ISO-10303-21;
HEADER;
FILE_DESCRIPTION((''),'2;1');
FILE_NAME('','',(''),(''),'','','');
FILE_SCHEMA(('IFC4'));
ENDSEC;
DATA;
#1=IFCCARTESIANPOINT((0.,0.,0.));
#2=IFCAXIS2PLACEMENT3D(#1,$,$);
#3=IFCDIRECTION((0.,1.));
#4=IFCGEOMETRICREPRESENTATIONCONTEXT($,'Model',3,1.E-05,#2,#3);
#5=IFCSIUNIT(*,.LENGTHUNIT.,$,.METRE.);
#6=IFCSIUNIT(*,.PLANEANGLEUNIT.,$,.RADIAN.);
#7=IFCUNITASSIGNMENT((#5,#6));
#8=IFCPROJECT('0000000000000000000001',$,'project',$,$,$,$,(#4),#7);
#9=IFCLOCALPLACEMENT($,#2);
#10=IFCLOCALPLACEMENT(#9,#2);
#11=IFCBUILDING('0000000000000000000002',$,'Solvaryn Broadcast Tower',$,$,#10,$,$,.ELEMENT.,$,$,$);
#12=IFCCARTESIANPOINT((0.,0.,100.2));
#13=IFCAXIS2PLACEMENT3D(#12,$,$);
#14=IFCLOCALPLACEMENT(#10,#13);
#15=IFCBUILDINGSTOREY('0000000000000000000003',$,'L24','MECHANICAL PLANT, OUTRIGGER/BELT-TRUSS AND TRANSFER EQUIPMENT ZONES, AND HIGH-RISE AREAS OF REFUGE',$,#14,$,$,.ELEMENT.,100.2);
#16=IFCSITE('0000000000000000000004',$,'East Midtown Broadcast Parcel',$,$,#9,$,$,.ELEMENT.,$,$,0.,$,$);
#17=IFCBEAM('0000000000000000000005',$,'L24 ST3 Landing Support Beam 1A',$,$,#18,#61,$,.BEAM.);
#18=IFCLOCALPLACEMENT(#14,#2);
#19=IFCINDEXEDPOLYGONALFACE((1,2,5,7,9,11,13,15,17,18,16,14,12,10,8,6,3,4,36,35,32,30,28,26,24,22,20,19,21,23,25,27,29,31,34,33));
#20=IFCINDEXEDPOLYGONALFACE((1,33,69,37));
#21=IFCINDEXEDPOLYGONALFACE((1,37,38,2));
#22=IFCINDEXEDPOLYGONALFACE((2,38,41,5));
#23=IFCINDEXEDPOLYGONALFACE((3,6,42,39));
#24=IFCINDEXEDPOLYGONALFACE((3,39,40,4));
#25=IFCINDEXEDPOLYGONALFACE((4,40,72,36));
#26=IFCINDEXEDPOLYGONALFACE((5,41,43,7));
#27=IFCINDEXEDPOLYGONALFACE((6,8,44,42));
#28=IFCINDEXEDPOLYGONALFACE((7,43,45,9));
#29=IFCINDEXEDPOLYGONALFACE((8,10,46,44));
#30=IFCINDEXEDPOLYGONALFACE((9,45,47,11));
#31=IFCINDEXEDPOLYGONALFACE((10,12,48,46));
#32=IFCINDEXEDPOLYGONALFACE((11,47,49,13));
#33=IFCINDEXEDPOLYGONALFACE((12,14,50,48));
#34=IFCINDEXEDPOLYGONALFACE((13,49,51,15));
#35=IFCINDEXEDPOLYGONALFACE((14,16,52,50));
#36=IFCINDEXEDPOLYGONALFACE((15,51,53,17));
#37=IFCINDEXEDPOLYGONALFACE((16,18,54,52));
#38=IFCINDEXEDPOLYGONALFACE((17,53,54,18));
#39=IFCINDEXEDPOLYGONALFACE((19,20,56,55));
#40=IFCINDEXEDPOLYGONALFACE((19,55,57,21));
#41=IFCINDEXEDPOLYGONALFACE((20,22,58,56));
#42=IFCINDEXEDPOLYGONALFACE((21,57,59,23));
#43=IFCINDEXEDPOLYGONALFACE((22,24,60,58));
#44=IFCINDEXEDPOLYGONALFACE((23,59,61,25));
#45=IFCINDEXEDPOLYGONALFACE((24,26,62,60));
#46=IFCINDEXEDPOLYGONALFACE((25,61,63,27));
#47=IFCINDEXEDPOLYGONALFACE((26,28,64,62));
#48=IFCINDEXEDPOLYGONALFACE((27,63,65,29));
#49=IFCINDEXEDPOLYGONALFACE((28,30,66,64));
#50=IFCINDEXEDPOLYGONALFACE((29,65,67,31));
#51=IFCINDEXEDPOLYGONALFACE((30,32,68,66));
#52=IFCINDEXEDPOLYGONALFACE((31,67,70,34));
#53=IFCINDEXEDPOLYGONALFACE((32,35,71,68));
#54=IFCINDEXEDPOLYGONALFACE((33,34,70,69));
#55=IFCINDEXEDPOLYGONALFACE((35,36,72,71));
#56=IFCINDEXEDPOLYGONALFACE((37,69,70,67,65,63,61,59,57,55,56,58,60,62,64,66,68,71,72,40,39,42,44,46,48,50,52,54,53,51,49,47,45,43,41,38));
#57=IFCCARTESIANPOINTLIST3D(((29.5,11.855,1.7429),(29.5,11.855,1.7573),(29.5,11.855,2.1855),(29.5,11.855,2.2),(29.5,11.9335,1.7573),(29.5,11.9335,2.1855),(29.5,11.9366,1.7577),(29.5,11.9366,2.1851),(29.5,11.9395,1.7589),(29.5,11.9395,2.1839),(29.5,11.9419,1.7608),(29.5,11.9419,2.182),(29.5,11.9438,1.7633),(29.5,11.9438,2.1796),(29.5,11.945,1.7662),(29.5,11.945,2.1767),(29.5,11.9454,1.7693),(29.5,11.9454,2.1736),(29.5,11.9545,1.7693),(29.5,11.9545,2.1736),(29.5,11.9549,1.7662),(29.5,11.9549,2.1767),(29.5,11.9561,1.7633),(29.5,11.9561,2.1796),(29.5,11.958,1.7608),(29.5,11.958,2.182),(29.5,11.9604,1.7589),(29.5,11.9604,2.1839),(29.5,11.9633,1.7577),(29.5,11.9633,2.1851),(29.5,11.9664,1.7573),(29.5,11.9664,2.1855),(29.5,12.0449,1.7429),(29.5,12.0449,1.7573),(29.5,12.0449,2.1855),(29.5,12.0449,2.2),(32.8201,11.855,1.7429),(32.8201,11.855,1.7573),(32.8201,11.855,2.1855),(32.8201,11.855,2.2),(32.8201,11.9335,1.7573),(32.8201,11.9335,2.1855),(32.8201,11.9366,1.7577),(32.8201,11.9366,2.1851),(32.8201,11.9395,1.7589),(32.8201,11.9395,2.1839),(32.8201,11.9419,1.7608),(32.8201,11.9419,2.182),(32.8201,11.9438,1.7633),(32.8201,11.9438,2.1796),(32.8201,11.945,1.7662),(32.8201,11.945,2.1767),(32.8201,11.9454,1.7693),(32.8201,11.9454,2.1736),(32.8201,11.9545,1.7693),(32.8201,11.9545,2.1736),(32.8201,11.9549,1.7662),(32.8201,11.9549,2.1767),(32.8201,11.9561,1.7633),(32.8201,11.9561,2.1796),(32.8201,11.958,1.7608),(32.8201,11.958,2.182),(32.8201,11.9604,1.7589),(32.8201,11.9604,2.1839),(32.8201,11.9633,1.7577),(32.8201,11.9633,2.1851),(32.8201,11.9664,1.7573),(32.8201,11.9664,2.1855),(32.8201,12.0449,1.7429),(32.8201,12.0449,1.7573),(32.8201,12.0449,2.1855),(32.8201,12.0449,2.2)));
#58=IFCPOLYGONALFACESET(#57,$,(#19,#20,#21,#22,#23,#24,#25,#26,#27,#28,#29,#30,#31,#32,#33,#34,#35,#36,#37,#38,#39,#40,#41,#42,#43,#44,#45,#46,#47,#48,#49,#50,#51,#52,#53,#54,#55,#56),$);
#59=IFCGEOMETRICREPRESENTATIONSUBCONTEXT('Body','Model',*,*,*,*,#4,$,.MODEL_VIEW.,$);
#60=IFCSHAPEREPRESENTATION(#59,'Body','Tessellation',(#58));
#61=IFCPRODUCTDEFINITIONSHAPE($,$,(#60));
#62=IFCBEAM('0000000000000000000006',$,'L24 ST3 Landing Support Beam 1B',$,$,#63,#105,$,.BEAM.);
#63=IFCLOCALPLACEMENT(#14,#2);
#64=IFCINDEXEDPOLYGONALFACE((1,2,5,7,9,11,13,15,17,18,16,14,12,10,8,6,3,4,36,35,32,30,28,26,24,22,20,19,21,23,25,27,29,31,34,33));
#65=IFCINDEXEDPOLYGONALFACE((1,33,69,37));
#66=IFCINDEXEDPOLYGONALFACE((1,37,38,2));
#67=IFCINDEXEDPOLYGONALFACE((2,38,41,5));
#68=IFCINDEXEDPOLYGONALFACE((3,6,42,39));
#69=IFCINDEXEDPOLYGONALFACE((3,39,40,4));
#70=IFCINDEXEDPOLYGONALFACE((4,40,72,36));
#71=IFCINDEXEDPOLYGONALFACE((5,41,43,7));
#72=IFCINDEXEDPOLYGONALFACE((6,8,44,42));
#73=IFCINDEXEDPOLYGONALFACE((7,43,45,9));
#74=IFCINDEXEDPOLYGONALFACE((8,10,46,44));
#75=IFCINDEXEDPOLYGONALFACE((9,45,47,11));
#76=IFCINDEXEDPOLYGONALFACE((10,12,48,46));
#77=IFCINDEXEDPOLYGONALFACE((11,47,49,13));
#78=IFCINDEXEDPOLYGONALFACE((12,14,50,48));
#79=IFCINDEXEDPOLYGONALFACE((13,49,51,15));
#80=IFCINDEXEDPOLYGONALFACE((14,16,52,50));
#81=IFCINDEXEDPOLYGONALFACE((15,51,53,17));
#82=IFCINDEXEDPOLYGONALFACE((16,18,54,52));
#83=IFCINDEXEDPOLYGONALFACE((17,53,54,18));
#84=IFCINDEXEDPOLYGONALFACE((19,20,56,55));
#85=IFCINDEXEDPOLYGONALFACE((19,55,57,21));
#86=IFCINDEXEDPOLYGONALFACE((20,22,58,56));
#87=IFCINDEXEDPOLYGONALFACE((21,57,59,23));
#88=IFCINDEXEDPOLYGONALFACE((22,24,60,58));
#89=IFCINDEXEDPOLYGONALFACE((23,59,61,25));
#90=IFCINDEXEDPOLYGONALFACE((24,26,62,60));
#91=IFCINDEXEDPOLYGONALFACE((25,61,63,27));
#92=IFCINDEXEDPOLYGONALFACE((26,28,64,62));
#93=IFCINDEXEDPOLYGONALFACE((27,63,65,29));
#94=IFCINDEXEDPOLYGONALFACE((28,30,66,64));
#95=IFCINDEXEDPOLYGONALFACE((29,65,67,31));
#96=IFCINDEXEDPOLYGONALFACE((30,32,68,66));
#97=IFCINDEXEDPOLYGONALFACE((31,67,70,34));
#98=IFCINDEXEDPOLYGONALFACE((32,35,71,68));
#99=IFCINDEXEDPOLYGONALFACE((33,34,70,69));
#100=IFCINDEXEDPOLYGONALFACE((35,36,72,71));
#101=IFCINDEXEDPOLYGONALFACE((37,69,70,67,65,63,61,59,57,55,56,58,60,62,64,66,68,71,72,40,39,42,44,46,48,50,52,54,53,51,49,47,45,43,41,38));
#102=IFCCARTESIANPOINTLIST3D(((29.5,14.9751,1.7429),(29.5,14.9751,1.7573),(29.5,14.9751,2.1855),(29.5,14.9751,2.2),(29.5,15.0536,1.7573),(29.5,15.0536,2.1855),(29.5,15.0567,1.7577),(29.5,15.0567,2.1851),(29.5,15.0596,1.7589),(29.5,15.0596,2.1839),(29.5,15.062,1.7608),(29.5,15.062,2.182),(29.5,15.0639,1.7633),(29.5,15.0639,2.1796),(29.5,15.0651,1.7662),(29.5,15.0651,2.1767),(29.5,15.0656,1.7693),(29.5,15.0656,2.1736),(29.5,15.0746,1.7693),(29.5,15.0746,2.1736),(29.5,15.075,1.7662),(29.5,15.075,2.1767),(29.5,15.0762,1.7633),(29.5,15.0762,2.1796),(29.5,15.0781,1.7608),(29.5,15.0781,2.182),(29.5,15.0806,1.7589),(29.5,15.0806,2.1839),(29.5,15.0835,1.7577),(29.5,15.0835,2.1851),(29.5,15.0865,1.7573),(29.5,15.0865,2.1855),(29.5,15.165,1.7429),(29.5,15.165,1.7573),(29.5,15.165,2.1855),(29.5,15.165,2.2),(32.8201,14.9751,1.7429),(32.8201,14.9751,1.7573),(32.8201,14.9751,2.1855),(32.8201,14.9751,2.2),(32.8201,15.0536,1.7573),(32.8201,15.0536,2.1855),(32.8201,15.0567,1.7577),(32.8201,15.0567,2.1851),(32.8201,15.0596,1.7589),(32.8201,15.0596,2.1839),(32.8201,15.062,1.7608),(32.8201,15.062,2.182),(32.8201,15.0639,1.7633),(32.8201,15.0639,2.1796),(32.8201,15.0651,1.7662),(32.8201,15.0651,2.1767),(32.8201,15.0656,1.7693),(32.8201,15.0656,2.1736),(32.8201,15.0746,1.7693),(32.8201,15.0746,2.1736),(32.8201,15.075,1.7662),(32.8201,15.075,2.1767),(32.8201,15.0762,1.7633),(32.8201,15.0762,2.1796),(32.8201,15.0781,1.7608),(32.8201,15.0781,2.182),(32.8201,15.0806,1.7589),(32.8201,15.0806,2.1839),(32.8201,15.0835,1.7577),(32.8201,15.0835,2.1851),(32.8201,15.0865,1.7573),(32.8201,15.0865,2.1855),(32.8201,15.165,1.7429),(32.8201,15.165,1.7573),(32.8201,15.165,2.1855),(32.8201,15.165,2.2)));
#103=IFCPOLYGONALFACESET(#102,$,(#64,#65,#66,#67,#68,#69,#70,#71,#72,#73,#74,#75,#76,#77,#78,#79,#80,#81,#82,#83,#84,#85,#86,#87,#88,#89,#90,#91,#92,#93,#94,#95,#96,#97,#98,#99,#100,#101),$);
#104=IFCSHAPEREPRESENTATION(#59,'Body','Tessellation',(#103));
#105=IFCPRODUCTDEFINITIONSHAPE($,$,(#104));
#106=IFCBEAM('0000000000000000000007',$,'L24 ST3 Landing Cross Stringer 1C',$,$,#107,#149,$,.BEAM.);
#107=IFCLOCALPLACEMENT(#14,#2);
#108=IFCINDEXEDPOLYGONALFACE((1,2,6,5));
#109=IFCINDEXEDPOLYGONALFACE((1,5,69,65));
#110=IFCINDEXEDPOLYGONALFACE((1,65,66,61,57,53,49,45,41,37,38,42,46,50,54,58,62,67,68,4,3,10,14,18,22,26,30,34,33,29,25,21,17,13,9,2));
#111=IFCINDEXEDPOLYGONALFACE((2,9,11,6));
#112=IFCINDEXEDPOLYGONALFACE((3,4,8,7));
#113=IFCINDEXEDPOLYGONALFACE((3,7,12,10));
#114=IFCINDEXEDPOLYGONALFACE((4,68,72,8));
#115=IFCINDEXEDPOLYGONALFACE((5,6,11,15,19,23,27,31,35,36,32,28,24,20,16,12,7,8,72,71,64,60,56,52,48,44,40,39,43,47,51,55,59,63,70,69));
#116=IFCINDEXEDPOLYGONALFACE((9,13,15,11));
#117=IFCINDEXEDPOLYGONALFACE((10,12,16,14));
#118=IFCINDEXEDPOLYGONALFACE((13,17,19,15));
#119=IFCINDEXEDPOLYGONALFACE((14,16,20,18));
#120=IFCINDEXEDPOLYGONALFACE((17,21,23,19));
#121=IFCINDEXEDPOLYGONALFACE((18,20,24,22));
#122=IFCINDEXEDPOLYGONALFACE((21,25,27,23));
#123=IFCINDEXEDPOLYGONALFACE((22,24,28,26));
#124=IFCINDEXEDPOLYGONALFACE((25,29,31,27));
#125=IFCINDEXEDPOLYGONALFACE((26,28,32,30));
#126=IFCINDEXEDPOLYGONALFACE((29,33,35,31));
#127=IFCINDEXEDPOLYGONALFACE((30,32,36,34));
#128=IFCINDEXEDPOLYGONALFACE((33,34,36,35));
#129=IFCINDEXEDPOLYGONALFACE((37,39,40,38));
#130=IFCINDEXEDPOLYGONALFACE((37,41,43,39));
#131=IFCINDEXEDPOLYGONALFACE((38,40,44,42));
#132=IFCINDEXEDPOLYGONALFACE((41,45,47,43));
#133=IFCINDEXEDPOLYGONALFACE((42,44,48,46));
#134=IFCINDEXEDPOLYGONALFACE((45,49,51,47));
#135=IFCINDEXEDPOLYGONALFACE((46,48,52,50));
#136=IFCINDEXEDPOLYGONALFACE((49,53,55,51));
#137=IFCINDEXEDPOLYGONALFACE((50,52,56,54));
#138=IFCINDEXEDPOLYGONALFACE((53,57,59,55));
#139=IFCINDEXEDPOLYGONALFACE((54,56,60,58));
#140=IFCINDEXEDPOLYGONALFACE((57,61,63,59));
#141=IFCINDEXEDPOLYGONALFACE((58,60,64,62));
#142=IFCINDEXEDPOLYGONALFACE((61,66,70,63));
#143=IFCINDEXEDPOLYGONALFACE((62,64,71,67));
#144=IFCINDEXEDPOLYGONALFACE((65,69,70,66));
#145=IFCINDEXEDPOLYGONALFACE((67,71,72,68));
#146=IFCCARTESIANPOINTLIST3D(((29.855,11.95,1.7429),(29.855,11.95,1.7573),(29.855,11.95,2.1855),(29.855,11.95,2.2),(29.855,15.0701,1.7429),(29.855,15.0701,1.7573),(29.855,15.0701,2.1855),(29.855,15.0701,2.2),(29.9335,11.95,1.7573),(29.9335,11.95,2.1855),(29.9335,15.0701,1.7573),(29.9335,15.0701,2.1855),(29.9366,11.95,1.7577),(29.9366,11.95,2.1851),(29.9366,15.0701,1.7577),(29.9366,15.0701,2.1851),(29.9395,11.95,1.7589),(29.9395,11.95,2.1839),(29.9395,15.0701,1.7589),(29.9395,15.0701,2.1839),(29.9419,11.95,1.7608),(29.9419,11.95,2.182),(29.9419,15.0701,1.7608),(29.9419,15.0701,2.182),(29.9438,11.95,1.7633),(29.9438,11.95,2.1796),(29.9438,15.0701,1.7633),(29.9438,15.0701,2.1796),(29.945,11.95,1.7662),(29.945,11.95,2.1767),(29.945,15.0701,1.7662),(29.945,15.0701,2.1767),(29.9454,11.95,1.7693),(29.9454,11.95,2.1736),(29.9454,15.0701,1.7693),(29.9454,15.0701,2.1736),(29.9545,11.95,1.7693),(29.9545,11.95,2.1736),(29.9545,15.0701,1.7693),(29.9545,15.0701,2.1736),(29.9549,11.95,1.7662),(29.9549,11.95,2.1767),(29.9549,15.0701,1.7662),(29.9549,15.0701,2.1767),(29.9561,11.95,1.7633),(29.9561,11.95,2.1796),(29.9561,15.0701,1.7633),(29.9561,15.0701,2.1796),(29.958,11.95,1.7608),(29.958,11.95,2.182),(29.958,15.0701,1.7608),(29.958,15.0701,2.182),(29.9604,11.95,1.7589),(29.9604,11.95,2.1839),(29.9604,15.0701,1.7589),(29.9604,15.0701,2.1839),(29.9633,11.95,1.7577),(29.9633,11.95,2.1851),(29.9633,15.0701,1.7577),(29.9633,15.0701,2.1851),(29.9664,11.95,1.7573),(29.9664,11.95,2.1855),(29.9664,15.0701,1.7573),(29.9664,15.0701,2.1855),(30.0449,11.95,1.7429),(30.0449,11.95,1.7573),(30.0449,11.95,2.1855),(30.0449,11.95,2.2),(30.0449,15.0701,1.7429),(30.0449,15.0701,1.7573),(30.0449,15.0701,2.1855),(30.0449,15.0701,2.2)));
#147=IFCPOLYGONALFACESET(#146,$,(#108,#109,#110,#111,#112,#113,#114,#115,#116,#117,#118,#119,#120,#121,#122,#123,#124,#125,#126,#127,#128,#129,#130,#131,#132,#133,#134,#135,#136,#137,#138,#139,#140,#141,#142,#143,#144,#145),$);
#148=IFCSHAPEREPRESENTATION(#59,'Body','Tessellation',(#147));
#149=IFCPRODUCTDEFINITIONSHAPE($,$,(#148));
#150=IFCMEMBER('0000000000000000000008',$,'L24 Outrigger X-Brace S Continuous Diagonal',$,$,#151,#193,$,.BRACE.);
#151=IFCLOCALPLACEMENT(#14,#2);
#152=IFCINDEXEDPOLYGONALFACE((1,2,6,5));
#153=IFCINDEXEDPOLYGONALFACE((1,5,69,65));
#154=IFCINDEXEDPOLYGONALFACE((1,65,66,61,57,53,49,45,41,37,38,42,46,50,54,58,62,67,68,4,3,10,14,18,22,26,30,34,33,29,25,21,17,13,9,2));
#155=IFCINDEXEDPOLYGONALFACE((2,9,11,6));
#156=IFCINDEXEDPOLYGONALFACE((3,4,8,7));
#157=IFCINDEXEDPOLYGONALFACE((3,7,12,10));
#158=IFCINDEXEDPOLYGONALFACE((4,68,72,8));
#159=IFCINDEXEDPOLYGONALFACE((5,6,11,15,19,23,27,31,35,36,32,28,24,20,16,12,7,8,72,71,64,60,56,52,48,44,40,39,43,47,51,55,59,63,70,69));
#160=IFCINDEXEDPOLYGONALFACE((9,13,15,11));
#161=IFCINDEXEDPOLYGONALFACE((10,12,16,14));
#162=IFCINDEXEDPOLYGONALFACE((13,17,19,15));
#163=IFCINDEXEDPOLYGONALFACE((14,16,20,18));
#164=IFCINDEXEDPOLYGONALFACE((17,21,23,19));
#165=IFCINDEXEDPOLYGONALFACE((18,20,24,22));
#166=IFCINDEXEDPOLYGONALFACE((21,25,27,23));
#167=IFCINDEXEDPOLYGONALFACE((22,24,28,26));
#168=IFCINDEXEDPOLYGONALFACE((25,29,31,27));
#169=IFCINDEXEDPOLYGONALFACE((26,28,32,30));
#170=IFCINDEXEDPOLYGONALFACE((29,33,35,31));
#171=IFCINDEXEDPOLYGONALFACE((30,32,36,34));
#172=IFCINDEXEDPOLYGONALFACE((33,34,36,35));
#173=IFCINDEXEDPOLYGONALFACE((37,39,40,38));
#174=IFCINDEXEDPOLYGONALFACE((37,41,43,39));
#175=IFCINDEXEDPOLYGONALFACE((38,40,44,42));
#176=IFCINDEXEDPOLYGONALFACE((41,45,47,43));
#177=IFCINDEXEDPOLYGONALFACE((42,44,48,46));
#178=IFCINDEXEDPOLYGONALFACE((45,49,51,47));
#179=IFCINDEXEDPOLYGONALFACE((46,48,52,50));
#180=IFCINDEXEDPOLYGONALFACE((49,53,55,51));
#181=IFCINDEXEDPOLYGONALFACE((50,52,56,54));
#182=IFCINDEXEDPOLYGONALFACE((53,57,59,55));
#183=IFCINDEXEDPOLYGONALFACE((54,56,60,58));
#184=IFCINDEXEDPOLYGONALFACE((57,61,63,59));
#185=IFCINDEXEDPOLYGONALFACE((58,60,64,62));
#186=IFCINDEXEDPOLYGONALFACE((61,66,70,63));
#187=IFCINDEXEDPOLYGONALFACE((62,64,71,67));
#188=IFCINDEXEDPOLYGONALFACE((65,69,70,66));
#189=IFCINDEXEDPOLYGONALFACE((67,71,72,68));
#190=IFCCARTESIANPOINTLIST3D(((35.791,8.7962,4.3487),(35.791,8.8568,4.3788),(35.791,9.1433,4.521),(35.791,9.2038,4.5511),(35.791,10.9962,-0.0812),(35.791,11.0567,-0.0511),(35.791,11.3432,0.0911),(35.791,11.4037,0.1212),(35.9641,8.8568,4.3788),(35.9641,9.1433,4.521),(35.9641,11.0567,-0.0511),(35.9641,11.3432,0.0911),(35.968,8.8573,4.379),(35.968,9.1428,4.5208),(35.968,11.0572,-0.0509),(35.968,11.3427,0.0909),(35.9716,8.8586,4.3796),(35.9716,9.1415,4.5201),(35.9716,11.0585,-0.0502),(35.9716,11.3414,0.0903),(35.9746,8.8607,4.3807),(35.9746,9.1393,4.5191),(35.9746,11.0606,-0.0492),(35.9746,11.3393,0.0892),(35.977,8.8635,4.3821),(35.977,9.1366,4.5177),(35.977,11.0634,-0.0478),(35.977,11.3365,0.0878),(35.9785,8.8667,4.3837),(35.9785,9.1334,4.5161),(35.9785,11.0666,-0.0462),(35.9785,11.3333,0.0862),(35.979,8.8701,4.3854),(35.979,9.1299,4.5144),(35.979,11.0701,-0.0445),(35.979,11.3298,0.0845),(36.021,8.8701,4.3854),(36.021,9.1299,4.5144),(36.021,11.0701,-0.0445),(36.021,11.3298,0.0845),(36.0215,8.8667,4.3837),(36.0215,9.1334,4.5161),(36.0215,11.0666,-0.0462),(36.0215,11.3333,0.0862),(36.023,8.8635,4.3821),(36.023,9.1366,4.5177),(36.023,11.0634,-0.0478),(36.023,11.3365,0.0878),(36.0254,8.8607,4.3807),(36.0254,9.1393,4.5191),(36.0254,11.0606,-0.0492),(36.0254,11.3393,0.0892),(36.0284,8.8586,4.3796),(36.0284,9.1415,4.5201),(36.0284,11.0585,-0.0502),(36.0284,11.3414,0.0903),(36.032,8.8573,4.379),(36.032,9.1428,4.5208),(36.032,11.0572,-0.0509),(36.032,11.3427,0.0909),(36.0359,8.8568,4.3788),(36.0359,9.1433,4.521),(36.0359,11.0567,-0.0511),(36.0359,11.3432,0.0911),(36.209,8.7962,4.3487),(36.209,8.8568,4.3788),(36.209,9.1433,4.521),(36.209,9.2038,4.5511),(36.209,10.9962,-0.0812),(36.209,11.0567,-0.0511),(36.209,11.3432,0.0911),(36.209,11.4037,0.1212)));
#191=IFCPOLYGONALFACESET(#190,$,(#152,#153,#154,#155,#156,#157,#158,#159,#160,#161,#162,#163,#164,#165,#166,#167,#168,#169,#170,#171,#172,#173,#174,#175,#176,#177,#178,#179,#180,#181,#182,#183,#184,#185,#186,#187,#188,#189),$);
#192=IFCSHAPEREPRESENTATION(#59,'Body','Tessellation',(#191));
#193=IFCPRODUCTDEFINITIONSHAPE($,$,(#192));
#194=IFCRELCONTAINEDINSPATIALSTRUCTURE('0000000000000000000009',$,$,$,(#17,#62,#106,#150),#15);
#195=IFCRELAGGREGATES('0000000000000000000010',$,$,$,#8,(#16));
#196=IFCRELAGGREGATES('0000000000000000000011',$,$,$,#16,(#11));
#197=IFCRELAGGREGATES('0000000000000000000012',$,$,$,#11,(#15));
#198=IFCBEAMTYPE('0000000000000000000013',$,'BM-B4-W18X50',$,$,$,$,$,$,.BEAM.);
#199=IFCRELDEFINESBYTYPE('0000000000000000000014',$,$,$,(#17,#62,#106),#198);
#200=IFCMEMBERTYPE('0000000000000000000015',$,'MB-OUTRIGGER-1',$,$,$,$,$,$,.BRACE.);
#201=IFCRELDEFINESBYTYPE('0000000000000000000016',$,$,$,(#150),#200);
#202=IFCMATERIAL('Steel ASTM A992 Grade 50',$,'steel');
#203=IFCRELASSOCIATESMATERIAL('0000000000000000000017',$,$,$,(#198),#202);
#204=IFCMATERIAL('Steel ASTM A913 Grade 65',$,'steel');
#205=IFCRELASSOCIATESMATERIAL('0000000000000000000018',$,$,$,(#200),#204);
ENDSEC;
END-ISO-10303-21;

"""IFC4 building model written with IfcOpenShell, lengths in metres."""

from ifc_helpers import new_model, si_unit, direction, frame, origin, origin_2d, place, context, subcontext, project, spatial, i_section, extrude, material, material_profile, profile_set, type_object, element, save


model = new_model("IFC4")

# Units and contexts
model_context = context("Model", 3, precision=1e-05, world=origin(), true_north=direction((0.0, 1.0)))
body_context = subcontext(model_context, "Body", "Model", "MODEL_VIEW")
ifc_project = project(units=[si_unit("LENGTHUNIT", "METRE"), si_unit("PLANEANGLEUNIT", "RADIAN")], contexts=[model_context])

# Site, building, storey
site_placement = place(None, origin())
site = spatial("IfcSite", under=ifc_project, at=site_placement, Name="East Midtown Broadcast Parcel", CompositionType="ELEMENT", RefElevation=0.0)
building_placement = place(site_placement, origin())
building = spatial("IfcBuilding", under=site, at=building_placement, Name="Solvaryn Broadcast Tower", CompositionType="ELEMENT")
storey_placement = place(building_placement, frame((0.0, 0.0, 100.2)))
storey = spatial("IfcBuildingStorey", under=building, at=storey_placement, Name="L24", Description="MECHANICAL PLANT, OUTRIGGER/BELT-TRUSS AND TRANSFER EQUIPMENT ZONES, AND HIGH-RISE AREAS OF REFUGE", CompositionType="ELEMENT", Elevation=100.2)

# Beams
ifc_material_1 = material(Name="Steel ASTM A992 Grade 50", Category="steel")
ifc_material_profile_1 = material_profile(ifc_material_1, i_section(OverallWidth=0.1899, OverallDepth=0.457, WebThickness=0.009, FlangeThickness=0.0144, FilletRadius=0.012, at=origin_2d()))
ifc_profile_set_1 = profile_set([ifc_material_profile_1], Name="Steel ASTM A992 Grade 50")
beam_type = type_object("IfcBeamType", Name="BM-B4-W18X50", PredefinedType="BEAM", material=ifc_profile_set_1)
for number, where, z_axis, x_axis, name in (
    (1, (29.5, 11.95, 1.9714), (1.0, 0.0, 0.0), (0.0, 1.0, 0.0), "L24 ST3 Landing Support Beam 1A"),
    (2, (29.5, 15.0701, 1.9714), (1.0, 0.0, 0.0), (0.0, 1.0, 0.0), "L24 ST3 Landing Support Beam 1B"),
):
    element("IfcBeam", number, at=place(storey_placement, frame(where, z_axis=z_axis, x_axis=x_axis)), inside=storey, type_object=beam_type, Name=name, PredefinedType="BEAM", context=body_context, shape_type="SweptSolid", body=[
        extrude(i_section(OverallWidth=0.1899, OverallDepth=0.457, WebThickness=0.009, FlangeThickness=0.0144, FilletRadius=0.012, at=origin_2d()), origin(), (0.0, 0.0, 1.0), 3.3201),
    ])
beam_placement = place(storey_placement, frame((29.95, 11.95, 1.9714), z_axis=(0.0, 1.0, 0.0), x_axis=(-1.0, 0.0, 0.0)))
element("IfcBeam", 3, at=beam_placement, inside=storey, type_object=beam_type, Name="L24 ST3 Landing Cross Stringer 1C", PredefinedType="BEAM", context=body_context, shape_type="SweptSolid", body=[
    extrude(i_section(OverallWidth=0.1899, OverallDepth=0.457, WebThickness=0.009, FlangeThickness=0.0144, FilletRadius=0.012, at=origin_2d()), origin(), (0.0, 0.0, 1.0), 3.1201),
])

# Member
ifc_material_2 = material(Name="Steel ASTM A913 Grade 65", Category="steel")
ifc_material_profile_2 = material_profile(ifc_material_2, i_section(OverallWidth=0.418, OverallDepth=0.4551, WebThickness=0.042, FlangeThickness=0.0676, FilletRadius=0.0149, at=origin_2d()))
ifc_profile_set_2 = profile_set([ifc_material_profile_2], Name="Steel ASTM A913 Grade 65")
member_type = type_object("IfcMemberType", Name="MB-OUTRIGGER-1", PredefinedType="BRACE", material=ifc_profile_set_2)
member_1_placement = place(storey_placement, frame((36.0, 11.2, 0.02), z_axis=(0.0, -0.444783, 0.895638), x_axis=(1.0, 0.0, 0.0)))
element("IfcMember", 4, at=member_1_placement, inside=storey, type_object=member_type, Name="L24 Outrigger X-Brace S Continuous Diagonal", PredefinedType="BRACE", context=body_context, shape_type="SweptSolid", body=[
    extrude(i_section(OverallWidth=0.418, OverallDepth=0.4551, WebThickness=0.042, FlangeThickness=0.0676, FilletRadius=0.0149, at=origin_2d()), origin(), (0.0, 0.0, 1.0), 4.946),
])

save(model, "model.ifc")
